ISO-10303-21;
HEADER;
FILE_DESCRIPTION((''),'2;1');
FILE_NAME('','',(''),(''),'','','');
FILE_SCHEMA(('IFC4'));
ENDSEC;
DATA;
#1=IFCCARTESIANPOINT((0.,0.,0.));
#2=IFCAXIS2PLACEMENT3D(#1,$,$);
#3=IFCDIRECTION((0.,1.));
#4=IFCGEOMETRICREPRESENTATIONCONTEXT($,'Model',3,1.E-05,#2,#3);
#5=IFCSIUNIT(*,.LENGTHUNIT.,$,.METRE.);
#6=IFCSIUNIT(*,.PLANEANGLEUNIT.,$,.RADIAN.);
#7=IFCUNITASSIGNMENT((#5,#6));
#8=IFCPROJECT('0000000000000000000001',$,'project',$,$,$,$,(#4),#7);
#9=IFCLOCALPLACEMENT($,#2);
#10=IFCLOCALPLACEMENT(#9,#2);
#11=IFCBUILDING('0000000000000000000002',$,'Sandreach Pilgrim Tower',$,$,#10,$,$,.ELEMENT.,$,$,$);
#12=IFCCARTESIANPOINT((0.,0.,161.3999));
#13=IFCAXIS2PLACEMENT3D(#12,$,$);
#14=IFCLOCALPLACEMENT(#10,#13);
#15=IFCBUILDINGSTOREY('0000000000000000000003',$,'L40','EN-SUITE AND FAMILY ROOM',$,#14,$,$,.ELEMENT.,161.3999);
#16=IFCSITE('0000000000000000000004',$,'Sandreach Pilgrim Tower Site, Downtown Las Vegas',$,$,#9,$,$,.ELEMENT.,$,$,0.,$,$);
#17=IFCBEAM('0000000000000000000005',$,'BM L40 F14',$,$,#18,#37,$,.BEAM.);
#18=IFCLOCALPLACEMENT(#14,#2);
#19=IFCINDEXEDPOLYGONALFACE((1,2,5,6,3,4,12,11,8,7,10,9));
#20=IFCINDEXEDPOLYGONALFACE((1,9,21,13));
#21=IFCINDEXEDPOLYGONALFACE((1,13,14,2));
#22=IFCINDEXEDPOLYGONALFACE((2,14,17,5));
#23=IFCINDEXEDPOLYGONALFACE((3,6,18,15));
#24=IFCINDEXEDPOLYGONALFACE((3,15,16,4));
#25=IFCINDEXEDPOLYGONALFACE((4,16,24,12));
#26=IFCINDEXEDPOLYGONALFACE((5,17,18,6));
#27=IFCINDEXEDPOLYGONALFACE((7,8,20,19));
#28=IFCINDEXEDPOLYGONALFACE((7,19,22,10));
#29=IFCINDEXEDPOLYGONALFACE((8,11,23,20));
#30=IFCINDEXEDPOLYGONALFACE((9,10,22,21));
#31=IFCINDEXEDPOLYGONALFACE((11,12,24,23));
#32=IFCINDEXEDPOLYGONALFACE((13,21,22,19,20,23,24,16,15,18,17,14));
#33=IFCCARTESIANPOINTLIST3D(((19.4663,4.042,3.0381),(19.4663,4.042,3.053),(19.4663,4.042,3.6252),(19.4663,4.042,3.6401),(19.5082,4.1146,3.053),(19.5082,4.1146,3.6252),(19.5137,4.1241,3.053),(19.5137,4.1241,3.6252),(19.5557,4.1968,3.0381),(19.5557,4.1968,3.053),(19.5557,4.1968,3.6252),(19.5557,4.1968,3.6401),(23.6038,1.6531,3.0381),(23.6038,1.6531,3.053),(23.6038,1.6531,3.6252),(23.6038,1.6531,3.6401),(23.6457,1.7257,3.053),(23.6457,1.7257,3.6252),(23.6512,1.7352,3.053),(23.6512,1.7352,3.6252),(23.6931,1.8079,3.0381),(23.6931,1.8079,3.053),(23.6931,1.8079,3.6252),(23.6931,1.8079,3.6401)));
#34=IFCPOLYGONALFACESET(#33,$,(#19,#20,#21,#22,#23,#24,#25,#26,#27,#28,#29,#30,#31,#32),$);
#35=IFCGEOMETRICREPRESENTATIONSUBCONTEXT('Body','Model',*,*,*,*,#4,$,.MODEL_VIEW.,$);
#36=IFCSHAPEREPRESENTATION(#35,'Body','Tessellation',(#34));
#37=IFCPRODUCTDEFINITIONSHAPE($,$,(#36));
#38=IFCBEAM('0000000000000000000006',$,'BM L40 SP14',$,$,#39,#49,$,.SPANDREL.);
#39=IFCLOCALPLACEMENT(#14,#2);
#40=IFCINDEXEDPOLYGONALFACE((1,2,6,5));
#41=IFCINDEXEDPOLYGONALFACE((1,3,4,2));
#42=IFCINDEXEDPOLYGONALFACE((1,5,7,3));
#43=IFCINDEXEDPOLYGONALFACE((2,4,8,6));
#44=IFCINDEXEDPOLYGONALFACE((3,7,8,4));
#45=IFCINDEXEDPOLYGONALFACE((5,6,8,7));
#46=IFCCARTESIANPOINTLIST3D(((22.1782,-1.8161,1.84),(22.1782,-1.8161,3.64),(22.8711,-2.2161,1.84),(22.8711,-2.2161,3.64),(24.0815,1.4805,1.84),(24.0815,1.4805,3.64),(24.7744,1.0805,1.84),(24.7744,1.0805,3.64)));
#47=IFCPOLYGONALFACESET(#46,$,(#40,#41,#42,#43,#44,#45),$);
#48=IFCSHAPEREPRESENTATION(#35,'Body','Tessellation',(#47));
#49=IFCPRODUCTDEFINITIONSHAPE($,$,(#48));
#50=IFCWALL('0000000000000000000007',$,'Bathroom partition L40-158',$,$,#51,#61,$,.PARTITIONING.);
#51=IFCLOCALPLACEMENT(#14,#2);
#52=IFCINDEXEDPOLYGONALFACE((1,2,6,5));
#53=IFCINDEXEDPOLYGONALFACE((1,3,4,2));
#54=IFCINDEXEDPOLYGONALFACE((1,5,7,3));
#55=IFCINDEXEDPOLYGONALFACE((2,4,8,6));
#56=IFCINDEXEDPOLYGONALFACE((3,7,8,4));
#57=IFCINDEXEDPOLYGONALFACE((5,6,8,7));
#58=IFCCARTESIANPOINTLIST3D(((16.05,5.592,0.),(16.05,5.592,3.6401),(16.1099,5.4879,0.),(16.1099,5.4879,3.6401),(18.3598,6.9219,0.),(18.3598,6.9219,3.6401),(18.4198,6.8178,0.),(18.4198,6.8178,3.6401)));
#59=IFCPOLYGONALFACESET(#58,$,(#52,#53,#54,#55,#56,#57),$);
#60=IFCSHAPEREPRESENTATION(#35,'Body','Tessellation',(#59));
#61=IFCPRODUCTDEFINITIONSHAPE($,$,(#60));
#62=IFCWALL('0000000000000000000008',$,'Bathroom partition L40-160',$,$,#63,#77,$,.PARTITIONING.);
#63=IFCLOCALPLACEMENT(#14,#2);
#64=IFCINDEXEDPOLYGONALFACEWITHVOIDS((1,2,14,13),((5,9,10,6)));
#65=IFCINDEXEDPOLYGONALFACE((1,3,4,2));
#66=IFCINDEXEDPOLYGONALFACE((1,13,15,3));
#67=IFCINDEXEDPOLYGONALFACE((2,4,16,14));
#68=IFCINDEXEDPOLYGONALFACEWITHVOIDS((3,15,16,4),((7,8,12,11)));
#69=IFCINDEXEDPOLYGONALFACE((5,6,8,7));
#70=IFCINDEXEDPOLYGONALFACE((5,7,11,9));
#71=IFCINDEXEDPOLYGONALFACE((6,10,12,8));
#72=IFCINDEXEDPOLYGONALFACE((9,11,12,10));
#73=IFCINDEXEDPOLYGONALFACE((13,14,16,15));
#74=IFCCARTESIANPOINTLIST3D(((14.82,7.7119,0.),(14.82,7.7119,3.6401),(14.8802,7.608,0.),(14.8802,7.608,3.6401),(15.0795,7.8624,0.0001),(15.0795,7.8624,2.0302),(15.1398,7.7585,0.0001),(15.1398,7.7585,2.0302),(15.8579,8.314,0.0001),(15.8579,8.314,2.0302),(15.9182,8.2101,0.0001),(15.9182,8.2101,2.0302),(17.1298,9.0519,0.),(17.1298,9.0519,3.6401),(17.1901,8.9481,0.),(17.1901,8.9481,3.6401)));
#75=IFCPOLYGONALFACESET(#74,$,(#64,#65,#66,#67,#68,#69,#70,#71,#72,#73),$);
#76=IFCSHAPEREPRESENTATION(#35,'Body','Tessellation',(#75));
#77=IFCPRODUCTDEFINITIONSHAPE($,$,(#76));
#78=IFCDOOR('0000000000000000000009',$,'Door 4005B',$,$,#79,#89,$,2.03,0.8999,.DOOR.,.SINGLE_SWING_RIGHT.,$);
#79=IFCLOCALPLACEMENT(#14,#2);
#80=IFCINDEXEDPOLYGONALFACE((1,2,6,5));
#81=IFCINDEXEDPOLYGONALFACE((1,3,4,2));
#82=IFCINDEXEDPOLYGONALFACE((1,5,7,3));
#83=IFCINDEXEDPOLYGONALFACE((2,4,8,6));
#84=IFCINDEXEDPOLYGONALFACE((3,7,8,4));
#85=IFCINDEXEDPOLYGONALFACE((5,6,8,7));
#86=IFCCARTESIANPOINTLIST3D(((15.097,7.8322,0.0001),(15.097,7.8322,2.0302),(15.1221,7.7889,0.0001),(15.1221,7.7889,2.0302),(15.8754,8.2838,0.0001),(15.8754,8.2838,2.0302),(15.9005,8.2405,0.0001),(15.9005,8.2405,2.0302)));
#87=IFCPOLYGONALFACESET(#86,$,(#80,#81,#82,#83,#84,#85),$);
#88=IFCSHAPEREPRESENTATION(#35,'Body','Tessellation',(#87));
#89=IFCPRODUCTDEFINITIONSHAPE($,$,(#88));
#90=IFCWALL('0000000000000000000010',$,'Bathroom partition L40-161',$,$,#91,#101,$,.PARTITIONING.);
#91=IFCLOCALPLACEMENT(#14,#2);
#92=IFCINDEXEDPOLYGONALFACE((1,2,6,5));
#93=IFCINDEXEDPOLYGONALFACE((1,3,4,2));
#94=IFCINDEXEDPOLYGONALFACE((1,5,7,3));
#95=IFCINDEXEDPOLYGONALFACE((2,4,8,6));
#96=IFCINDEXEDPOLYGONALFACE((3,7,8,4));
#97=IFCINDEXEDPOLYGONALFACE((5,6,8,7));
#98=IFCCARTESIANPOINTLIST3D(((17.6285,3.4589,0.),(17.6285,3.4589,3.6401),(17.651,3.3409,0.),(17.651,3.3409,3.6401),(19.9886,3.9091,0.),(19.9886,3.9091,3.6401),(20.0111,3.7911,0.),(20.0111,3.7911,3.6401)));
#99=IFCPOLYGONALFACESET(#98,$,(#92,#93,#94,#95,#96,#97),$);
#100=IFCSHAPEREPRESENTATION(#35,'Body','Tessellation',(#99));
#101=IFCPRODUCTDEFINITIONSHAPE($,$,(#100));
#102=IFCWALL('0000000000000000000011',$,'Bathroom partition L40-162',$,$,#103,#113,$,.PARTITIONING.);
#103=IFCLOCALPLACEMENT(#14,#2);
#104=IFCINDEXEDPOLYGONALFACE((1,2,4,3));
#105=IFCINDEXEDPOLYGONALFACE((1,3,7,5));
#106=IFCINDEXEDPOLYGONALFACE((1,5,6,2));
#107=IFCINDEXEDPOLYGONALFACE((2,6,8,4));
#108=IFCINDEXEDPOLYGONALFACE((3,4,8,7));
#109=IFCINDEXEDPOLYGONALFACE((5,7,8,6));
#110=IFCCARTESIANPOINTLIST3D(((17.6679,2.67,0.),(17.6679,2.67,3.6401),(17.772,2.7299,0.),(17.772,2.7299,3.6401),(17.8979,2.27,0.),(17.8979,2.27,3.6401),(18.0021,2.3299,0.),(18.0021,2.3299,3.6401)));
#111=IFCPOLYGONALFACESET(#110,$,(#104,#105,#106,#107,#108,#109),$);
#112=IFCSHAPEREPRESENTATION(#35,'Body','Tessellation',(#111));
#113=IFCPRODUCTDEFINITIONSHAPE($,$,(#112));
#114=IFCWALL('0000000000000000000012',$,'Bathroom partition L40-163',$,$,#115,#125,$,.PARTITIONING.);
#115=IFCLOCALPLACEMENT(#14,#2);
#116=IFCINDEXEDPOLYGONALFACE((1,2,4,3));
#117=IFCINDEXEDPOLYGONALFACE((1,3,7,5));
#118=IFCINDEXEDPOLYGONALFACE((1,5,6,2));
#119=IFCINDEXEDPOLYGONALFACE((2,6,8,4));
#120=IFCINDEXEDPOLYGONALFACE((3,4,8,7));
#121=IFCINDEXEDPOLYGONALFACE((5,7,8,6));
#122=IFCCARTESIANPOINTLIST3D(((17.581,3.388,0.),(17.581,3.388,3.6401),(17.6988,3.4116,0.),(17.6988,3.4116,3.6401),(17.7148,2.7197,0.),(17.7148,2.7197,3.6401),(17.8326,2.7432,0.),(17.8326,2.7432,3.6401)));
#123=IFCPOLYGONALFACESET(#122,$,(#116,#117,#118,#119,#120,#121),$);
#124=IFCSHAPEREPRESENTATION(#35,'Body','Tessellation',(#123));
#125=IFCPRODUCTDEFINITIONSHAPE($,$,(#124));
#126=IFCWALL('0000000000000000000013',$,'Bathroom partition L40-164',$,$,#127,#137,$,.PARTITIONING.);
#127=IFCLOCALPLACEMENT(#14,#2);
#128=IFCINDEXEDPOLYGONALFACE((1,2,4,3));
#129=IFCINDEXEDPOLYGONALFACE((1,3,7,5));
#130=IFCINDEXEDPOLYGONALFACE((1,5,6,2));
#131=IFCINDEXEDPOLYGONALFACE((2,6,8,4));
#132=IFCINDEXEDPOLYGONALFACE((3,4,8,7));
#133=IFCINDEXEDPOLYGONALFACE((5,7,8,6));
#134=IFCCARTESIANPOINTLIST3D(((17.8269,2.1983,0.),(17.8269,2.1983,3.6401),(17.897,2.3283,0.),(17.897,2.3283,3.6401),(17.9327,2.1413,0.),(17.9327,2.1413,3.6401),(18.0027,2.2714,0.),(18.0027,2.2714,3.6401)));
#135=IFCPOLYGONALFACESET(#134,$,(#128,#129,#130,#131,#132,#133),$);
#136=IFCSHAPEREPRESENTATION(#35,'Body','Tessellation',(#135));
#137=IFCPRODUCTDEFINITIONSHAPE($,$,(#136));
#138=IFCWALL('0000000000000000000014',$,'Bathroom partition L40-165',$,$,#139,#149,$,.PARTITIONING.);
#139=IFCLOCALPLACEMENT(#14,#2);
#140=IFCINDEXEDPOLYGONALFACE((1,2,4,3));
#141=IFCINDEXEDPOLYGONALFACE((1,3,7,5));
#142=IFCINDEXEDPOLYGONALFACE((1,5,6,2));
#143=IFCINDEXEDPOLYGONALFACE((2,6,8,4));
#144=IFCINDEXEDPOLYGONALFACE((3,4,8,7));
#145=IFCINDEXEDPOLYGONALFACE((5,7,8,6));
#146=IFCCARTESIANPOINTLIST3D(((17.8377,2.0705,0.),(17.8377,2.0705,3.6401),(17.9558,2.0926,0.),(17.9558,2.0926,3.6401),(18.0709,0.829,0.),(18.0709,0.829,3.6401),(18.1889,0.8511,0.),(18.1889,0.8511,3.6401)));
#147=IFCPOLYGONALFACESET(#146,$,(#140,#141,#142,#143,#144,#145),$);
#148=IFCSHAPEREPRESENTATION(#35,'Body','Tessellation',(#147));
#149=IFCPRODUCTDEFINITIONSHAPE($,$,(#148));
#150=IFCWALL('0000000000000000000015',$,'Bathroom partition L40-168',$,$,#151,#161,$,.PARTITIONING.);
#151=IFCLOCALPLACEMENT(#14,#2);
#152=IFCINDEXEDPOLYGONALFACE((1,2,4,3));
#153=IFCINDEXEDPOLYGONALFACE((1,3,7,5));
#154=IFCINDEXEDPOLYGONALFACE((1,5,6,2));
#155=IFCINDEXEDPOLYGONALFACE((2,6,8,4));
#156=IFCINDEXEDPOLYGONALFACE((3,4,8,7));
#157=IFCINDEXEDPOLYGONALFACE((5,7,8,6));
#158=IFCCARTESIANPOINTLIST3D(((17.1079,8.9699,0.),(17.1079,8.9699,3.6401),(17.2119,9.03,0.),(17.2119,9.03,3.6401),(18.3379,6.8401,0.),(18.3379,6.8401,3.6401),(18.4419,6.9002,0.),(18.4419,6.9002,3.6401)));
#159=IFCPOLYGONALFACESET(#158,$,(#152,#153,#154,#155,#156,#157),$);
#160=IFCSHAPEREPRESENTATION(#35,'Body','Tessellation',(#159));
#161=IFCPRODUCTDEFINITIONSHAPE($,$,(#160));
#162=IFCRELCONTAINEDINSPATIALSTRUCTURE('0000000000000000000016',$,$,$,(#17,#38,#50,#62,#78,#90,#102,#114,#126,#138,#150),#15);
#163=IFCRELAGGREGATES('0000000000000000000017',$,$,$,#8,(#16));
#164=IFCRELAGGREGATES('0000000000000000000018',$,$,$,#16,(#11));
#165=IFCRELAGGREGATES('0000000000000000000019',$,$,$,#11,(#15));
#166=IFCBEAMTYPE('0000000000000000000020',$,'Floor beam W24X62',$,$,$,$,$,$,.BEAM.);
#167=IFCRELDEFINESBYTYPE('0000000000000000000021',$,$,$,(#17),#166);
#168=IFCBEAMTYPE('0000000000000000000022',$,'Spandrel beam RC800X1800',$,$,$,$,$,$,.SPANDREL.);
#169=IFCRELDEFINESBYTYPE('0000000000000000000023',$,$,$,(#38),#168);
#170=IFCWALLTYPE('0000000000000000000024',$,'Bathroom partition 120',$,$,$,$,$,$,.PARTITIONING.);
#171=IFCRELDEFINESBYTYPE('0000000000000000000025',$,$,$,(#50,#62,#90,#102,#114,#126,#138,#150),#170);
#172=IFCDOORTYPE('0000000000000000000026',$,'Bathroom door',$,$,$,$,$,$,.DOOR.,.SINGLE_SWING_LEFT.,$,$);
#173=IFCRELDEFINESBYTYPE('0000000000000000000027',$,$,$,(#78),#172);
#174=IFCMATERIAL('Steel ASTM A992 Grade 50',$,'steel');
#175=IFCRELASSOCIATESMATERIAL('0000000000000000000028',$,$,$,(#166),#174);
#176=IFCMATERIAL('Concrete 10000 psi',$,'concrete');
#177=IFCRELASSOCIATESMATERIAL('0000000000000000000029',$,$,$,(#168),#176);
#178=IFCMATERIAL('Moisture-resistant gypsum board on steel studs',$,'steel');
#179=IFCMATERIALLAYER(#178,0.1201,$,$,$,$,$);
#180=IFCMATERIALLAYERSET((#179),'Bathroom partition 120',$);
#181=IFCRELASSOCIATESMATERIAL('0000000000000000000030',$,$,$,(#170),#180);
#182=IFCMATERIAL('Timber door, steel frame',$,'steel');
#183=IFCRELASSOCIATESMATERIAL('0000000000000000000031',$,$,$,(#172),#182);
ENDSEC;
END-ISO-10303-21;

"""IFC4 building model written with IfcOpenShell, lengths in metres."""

from ifc_helpers import new_model, si_unit, direction, frame, frame_2d, origin, origin_2d, place, context, subcontext, project, spatial, rectangle, i_section, extrude, material, layer, layer_set, material_profile, profile_set, type_object, element, fill, save


model = new_model("IFC4")

# Units and contexts
model_context = context("Model", 3, precision=1e-05, world=origin(), true_north=direction((0.0, 1.0)))
body_context = subcontext(model_context, "Body", "Model", "MODEL_VIEW")
ifc_project = project(units=[si_unit("LENGTHUNIT", "METRE"), si_unit("PLANEANGLEUNIT", "RADIAN")], contexts=[model_context])

# Site, building, storey
site_placement = place(None, origin())
site = spatial("IfcSite", under=ifc_project, at=site_placement, Name="Sandreach Pilgrim Tower Site, Downtown Las Vegas", CompositionType="ELEMENT", RefElevation=0.0)
building_placement = place(site_placement, origin())
building = spatial("IfcBuilding", under=site, at=building_placement, Name="Sandreach Pilgrim Tower", CompositionType="ELEMENT")
storey_placement = place(building_placement, frame((0.0, 0.0, 161.3999)))
storey = spatial("IfcBuildingStorey", under=building, at=storey_placement, Name="L40", Description="EN-SUITE AND FAMILY ROOM", CompositionType="ELEMENT", Elevation=161.3999)

# Beams
ifc_material_1 = material(Name="Steel ASTM A992 Grade 50", Category="steel")
ifc_material_profile_1 = material_profile(ifc_material_1, i_section(OverallWidth=0.1787, OverallDepth=0.6021, WebThickness=0.011, FlangeThickness=0.0149, at=origin_2d()), Name="W24X62")
ifc_profile_set_1 = profile_set([ifc_material_profile_1], Name="Steel ASTM A992 Grade 50")
beam_type_1 = type_object("IfcBeamType", Name="Floor beam W24X62", PredefinedType="BEAM", material=ifc_profile_set_1)
beam_1_placement = place(storey_placement, frame((23.6484, 1.7305, 3.3391), z_axis=(-0.866011, 0.500025, 0.0), x_axis=(-0.500025, -0.866011, 0.0)))
element("IfcBeam", 1, at=beam_1_placement, inside=storey, type_object=beam_type_1, Name="BM L40 F14", PredefinedType="BEAM", context=body_context, shape_type="SweptSolid", body=[
    extrude(i_section(OverallWidth=0.1787, OverallDepth=0.6021, WebThickness=0.011, FlangeThickness=0.0149, at=origin_2d()), origin(), (0.0, 0.0, 1.0), 4.7776),
])
ifc_material_2 = material(Name="Concrete 10000 psi", Category="concrete")
ifc_material_profile_2 = material_profile(ifc_material_2, rectangle(XDim=0.8, YDim=1.8, at=origin_2d()), Name="RC800X1800")
ifc_profile_set_2 = profile_set([ifc_material_profile_2], Name="Concrete 10000 psi")
beam_type_2 = type_object("IfcBeamType", Name="Spandrel beam RC800X1800", PredefinedType="SPANDREL", material=ifc_profile_set_2)
beam_2_placement = place(storey_placement, frame((24.428, 1.2805, 2.74), z_axis=(-0.500002, -0.866024, 0.0), x_axis=(0.866024, -0.500002, 0.0)))
element("IfcBeam", 2, at=beam_2_placement, inside=storey, type_object=beam_type_2, Name="BM L40 SP14", PredefinedType="SPANDREL", context=body_context, shape_type="SweptSolid", body=[
    extrude(rectangle(XDim=0.8, YDim=1.8, at=origin_2d()), origin(), (0.0, 0.0, 1.0), 3.8066),
])

# Wall
ifc_material_3 = material(Name="Moisture-resistant gypsum board on steel studs", Category="steel")
ifc_layer_1 = layer(ifc_material_3, 0.1201)
ifc_layer_set_1 = layer_set([ifc_layer_1], Name="Bathroom partition 120")
wall_type_1 = type_object("IfcWallType", Name="Bathroom partition 120", PredefinedType="PARTITIONING", material=ifc_layer_set_1)
wall_1_placement = place(storey_placement, frame((16.0801, 5.54, 0.0), z_axis=(0.0, 0.0, 1.0), x_axis=(0.866632, 0.498948, 0.0)))
element("IfcWall", 3, at=wall_1_placement, inside=storey, type_object=wall_type_1, Name="Bathroom partition L40-158", PredefinedType="PARTITIONING", context=body_context, shape_type="SweptSolid", body=[
    extrude(rectangle(XDim=2.6653, YDim=0.1201, at=frame_2d((1.3325, 0.0))), origin(), (0.0, 0.0, 1.0), 3.6401),
])

# Wall, opening, door
wall_2_placement = place(storey_placement, frame((17.1599, 9.0, 0.0), z_axis=(0.0, 0.0, 1.0), x_axis=(-0.864967, -0.501829, 0.0)))
wall_2 = element("IfcWall", 4, at=wall_2_placement, inside=storey, type_object=wall_type_1, Name="Bathroom partition L40-160", PredefinedType="PARTITIONING", context=body_context, shape_type="SweptSolid", body=[
    extrude(rectangle(XDim=2.6704, YDim=0.1201, at=frame_2d((1.3352, 0.0))), origin(), (0.0, 0.0, 1.0), 3.6401),
])
opening_1_placement = place(wall_2_placement, frame((1.4705, 0.0, 0.0)))
opening_1 = element("IfcOpeningElement", 5, at=opening_1_placement, cuts=wall_2, PredefinedType="OPENING", context=body_context, shape_type="SweptSolid", body=[
    extrude(rectangle(XDim=0.8999, YDim=2.03, at=frame_2d((0.45, 1.0151))), frame((0.0, 0.0601, 0.0), z_axis=(0.0, -1.0, 0.0), x_axis=(1.0, 0.0, 0.0)), (0.0, 0.0, 1.0), 0.1201),
])
ifc_material_4 = material(Name="Timber door, steel frame", Category="steel")
door_type_1 = type_object("IfcDoorType", Name="Bathroom door", OperationType="SINGLE_SWING_LEFT", PredefinedType="DOOR", material=ifc_material_4)
door_1_placement = place(opening_1_placement, origin())
door_1 = element("IfcDoor", 6, at=door_1_placement, inside=storey, type_object=door_type_1, Name="Door 4005B", OperationType="SINGLE_SWING_RIGHT", OverallHeight=2.03, OverallWidth=0.8999, PredefinedType="DOOR", context=body_context, shape_type="SweptSolid", body=[
    extrude(rectangle(XDim=0.8999, YDim=2.03, at=frame_2d((0.45, 1.0151))), frame((0.0, 0.0249, 0.0), z_axis=(0.0, -1.0, 0.0), x_axis=(1.0, 0.0, 0.0)), (0.0, 0.0, 1.0), 0.05),
])
fill(opening_1, door_1)

# Walls
wall_3_placement = place(storey_placement, frame((17.6399, 3.3999, 0.0), z_axis=(0.0, 0.0, 1.0), x_axis=(0.982289, 0.187374, 0.0)))
element("IfcWall", 7, at=wall_3_placement, inside=storey, type_object=wall_type_1, Name="Bathroom partition L40-161", PredefinedType="PARTITIONING", context=body_context, shape_type="SweptSolid", body=[
    extrude(rectangle(XDim=2.4026, YDim=0.1201, at=frame_2d((1.2012, 0.0))), origin(), (0.0, 0.0, 1.0), 3.6401),
])
wall_4_placement = place(storey_placement, frame((17.72, 2.7, 0.0), z_axis=(0.0, 0.0, 1.0), x_axis=(0.498531, -0.866872, 0.0)))
element("IfcWall", 8, at=wall_4_placement, inside=storey, type_object=wall_type_1, Name="Bathroom partition L40-162", PredefinedType="PARTITIONING", context=body_context, shape_type="SweptSolid", body=[
    extrude(rectangle(XDim=0.4614, YDim=0.1201, at=frame_2d((0.2307, 0.0))), origin(), (0.0, 0.0, 1.0), 3.6401),
])
wall_5_placement = place(storey_placement, frame((17.7737, 2.7314, 0.0), z_axis=(0.0, 0.0, 1.0), x_axis=(-0.196254, 0.980553, 0.0)))
element("IfcWall", 9, at=wall_5_placement, inside=storey, type_object=wall_type_1, Name="Bathroom partition L40-163", PredefinedType="PARTITIONING", context=body_context, shape_type="SweptSolid", body=[
    extrude(rectangle(XDim=0.6816, YDim=0.1201, at=frame_2d((0.3408, 0.0))), origin(), (0.0, 0.0, 1.0), 3.6401),
])
wall_6_placement = place(storey_placement, frame((17.8799, 2.1699, 0.0), z_axis=(0.0, 0.0, 1.0), x_axis=(0.4741, 0.880471, 0.0)))
element("IfcWall", 10, at=wall_6_placement, inside=storey, type_object=wall_type_1, Name="Bathroom partition L40-164", PredefinedType="PARTITIONING", context=body_context, shape_type="SweptSolid", body=[
    extrude(rectangle(XDim=0.1477, YDim=0.1201, at=frame_2d((0.0737, 0.0))), origin(), (0.0, 0.0, 1.0), 3.6401),
])
wall_7_placement = place(storey_placement, frame((17.8967, 2.0815, 0.0), z_axis=(0.0, 0.0, 1.0), x_axis=(0.18458, -0.982817, 0.0)))
element("IfcWall", 11, at=wall_7_placement, inside=storey, type_object=wall_type_1, Name="Bathroom partition L40-165", PredefinedType="PARTITIONING", context=body_context, shape_type="SweptSolid", body=[
    extrude(rectangle(XDim=1.2632, YDim=0.1201, at=frame_2d((0.6316, 0.0))), origin(), (0.0, 0.0, 1.0), 3.6401),
])
wall_8_placement = place(storey_placement, frame((18.3899, 6.8701, 0.0), z_axis=(0.0, 0.0, 1.0), x_axis=(-0.500089, 0.865974, 0.0)))
element("IfcWall", 12, at=wall_8_placement, inside=storey, type_object=wall_type_1, Name="Bathroom partition L40-168", PredefinedType="PARTITIONING", context=body_context, shape_type="SweptSolid", body=[
    extrude(rectangle(XDim=2.4595, YDim=0.1201, at=frame_2d((1.2297, 0.0))), origin(), (0.0, 0.0, 1.0), 3.6401),
])

save(model, "model.ifc")
